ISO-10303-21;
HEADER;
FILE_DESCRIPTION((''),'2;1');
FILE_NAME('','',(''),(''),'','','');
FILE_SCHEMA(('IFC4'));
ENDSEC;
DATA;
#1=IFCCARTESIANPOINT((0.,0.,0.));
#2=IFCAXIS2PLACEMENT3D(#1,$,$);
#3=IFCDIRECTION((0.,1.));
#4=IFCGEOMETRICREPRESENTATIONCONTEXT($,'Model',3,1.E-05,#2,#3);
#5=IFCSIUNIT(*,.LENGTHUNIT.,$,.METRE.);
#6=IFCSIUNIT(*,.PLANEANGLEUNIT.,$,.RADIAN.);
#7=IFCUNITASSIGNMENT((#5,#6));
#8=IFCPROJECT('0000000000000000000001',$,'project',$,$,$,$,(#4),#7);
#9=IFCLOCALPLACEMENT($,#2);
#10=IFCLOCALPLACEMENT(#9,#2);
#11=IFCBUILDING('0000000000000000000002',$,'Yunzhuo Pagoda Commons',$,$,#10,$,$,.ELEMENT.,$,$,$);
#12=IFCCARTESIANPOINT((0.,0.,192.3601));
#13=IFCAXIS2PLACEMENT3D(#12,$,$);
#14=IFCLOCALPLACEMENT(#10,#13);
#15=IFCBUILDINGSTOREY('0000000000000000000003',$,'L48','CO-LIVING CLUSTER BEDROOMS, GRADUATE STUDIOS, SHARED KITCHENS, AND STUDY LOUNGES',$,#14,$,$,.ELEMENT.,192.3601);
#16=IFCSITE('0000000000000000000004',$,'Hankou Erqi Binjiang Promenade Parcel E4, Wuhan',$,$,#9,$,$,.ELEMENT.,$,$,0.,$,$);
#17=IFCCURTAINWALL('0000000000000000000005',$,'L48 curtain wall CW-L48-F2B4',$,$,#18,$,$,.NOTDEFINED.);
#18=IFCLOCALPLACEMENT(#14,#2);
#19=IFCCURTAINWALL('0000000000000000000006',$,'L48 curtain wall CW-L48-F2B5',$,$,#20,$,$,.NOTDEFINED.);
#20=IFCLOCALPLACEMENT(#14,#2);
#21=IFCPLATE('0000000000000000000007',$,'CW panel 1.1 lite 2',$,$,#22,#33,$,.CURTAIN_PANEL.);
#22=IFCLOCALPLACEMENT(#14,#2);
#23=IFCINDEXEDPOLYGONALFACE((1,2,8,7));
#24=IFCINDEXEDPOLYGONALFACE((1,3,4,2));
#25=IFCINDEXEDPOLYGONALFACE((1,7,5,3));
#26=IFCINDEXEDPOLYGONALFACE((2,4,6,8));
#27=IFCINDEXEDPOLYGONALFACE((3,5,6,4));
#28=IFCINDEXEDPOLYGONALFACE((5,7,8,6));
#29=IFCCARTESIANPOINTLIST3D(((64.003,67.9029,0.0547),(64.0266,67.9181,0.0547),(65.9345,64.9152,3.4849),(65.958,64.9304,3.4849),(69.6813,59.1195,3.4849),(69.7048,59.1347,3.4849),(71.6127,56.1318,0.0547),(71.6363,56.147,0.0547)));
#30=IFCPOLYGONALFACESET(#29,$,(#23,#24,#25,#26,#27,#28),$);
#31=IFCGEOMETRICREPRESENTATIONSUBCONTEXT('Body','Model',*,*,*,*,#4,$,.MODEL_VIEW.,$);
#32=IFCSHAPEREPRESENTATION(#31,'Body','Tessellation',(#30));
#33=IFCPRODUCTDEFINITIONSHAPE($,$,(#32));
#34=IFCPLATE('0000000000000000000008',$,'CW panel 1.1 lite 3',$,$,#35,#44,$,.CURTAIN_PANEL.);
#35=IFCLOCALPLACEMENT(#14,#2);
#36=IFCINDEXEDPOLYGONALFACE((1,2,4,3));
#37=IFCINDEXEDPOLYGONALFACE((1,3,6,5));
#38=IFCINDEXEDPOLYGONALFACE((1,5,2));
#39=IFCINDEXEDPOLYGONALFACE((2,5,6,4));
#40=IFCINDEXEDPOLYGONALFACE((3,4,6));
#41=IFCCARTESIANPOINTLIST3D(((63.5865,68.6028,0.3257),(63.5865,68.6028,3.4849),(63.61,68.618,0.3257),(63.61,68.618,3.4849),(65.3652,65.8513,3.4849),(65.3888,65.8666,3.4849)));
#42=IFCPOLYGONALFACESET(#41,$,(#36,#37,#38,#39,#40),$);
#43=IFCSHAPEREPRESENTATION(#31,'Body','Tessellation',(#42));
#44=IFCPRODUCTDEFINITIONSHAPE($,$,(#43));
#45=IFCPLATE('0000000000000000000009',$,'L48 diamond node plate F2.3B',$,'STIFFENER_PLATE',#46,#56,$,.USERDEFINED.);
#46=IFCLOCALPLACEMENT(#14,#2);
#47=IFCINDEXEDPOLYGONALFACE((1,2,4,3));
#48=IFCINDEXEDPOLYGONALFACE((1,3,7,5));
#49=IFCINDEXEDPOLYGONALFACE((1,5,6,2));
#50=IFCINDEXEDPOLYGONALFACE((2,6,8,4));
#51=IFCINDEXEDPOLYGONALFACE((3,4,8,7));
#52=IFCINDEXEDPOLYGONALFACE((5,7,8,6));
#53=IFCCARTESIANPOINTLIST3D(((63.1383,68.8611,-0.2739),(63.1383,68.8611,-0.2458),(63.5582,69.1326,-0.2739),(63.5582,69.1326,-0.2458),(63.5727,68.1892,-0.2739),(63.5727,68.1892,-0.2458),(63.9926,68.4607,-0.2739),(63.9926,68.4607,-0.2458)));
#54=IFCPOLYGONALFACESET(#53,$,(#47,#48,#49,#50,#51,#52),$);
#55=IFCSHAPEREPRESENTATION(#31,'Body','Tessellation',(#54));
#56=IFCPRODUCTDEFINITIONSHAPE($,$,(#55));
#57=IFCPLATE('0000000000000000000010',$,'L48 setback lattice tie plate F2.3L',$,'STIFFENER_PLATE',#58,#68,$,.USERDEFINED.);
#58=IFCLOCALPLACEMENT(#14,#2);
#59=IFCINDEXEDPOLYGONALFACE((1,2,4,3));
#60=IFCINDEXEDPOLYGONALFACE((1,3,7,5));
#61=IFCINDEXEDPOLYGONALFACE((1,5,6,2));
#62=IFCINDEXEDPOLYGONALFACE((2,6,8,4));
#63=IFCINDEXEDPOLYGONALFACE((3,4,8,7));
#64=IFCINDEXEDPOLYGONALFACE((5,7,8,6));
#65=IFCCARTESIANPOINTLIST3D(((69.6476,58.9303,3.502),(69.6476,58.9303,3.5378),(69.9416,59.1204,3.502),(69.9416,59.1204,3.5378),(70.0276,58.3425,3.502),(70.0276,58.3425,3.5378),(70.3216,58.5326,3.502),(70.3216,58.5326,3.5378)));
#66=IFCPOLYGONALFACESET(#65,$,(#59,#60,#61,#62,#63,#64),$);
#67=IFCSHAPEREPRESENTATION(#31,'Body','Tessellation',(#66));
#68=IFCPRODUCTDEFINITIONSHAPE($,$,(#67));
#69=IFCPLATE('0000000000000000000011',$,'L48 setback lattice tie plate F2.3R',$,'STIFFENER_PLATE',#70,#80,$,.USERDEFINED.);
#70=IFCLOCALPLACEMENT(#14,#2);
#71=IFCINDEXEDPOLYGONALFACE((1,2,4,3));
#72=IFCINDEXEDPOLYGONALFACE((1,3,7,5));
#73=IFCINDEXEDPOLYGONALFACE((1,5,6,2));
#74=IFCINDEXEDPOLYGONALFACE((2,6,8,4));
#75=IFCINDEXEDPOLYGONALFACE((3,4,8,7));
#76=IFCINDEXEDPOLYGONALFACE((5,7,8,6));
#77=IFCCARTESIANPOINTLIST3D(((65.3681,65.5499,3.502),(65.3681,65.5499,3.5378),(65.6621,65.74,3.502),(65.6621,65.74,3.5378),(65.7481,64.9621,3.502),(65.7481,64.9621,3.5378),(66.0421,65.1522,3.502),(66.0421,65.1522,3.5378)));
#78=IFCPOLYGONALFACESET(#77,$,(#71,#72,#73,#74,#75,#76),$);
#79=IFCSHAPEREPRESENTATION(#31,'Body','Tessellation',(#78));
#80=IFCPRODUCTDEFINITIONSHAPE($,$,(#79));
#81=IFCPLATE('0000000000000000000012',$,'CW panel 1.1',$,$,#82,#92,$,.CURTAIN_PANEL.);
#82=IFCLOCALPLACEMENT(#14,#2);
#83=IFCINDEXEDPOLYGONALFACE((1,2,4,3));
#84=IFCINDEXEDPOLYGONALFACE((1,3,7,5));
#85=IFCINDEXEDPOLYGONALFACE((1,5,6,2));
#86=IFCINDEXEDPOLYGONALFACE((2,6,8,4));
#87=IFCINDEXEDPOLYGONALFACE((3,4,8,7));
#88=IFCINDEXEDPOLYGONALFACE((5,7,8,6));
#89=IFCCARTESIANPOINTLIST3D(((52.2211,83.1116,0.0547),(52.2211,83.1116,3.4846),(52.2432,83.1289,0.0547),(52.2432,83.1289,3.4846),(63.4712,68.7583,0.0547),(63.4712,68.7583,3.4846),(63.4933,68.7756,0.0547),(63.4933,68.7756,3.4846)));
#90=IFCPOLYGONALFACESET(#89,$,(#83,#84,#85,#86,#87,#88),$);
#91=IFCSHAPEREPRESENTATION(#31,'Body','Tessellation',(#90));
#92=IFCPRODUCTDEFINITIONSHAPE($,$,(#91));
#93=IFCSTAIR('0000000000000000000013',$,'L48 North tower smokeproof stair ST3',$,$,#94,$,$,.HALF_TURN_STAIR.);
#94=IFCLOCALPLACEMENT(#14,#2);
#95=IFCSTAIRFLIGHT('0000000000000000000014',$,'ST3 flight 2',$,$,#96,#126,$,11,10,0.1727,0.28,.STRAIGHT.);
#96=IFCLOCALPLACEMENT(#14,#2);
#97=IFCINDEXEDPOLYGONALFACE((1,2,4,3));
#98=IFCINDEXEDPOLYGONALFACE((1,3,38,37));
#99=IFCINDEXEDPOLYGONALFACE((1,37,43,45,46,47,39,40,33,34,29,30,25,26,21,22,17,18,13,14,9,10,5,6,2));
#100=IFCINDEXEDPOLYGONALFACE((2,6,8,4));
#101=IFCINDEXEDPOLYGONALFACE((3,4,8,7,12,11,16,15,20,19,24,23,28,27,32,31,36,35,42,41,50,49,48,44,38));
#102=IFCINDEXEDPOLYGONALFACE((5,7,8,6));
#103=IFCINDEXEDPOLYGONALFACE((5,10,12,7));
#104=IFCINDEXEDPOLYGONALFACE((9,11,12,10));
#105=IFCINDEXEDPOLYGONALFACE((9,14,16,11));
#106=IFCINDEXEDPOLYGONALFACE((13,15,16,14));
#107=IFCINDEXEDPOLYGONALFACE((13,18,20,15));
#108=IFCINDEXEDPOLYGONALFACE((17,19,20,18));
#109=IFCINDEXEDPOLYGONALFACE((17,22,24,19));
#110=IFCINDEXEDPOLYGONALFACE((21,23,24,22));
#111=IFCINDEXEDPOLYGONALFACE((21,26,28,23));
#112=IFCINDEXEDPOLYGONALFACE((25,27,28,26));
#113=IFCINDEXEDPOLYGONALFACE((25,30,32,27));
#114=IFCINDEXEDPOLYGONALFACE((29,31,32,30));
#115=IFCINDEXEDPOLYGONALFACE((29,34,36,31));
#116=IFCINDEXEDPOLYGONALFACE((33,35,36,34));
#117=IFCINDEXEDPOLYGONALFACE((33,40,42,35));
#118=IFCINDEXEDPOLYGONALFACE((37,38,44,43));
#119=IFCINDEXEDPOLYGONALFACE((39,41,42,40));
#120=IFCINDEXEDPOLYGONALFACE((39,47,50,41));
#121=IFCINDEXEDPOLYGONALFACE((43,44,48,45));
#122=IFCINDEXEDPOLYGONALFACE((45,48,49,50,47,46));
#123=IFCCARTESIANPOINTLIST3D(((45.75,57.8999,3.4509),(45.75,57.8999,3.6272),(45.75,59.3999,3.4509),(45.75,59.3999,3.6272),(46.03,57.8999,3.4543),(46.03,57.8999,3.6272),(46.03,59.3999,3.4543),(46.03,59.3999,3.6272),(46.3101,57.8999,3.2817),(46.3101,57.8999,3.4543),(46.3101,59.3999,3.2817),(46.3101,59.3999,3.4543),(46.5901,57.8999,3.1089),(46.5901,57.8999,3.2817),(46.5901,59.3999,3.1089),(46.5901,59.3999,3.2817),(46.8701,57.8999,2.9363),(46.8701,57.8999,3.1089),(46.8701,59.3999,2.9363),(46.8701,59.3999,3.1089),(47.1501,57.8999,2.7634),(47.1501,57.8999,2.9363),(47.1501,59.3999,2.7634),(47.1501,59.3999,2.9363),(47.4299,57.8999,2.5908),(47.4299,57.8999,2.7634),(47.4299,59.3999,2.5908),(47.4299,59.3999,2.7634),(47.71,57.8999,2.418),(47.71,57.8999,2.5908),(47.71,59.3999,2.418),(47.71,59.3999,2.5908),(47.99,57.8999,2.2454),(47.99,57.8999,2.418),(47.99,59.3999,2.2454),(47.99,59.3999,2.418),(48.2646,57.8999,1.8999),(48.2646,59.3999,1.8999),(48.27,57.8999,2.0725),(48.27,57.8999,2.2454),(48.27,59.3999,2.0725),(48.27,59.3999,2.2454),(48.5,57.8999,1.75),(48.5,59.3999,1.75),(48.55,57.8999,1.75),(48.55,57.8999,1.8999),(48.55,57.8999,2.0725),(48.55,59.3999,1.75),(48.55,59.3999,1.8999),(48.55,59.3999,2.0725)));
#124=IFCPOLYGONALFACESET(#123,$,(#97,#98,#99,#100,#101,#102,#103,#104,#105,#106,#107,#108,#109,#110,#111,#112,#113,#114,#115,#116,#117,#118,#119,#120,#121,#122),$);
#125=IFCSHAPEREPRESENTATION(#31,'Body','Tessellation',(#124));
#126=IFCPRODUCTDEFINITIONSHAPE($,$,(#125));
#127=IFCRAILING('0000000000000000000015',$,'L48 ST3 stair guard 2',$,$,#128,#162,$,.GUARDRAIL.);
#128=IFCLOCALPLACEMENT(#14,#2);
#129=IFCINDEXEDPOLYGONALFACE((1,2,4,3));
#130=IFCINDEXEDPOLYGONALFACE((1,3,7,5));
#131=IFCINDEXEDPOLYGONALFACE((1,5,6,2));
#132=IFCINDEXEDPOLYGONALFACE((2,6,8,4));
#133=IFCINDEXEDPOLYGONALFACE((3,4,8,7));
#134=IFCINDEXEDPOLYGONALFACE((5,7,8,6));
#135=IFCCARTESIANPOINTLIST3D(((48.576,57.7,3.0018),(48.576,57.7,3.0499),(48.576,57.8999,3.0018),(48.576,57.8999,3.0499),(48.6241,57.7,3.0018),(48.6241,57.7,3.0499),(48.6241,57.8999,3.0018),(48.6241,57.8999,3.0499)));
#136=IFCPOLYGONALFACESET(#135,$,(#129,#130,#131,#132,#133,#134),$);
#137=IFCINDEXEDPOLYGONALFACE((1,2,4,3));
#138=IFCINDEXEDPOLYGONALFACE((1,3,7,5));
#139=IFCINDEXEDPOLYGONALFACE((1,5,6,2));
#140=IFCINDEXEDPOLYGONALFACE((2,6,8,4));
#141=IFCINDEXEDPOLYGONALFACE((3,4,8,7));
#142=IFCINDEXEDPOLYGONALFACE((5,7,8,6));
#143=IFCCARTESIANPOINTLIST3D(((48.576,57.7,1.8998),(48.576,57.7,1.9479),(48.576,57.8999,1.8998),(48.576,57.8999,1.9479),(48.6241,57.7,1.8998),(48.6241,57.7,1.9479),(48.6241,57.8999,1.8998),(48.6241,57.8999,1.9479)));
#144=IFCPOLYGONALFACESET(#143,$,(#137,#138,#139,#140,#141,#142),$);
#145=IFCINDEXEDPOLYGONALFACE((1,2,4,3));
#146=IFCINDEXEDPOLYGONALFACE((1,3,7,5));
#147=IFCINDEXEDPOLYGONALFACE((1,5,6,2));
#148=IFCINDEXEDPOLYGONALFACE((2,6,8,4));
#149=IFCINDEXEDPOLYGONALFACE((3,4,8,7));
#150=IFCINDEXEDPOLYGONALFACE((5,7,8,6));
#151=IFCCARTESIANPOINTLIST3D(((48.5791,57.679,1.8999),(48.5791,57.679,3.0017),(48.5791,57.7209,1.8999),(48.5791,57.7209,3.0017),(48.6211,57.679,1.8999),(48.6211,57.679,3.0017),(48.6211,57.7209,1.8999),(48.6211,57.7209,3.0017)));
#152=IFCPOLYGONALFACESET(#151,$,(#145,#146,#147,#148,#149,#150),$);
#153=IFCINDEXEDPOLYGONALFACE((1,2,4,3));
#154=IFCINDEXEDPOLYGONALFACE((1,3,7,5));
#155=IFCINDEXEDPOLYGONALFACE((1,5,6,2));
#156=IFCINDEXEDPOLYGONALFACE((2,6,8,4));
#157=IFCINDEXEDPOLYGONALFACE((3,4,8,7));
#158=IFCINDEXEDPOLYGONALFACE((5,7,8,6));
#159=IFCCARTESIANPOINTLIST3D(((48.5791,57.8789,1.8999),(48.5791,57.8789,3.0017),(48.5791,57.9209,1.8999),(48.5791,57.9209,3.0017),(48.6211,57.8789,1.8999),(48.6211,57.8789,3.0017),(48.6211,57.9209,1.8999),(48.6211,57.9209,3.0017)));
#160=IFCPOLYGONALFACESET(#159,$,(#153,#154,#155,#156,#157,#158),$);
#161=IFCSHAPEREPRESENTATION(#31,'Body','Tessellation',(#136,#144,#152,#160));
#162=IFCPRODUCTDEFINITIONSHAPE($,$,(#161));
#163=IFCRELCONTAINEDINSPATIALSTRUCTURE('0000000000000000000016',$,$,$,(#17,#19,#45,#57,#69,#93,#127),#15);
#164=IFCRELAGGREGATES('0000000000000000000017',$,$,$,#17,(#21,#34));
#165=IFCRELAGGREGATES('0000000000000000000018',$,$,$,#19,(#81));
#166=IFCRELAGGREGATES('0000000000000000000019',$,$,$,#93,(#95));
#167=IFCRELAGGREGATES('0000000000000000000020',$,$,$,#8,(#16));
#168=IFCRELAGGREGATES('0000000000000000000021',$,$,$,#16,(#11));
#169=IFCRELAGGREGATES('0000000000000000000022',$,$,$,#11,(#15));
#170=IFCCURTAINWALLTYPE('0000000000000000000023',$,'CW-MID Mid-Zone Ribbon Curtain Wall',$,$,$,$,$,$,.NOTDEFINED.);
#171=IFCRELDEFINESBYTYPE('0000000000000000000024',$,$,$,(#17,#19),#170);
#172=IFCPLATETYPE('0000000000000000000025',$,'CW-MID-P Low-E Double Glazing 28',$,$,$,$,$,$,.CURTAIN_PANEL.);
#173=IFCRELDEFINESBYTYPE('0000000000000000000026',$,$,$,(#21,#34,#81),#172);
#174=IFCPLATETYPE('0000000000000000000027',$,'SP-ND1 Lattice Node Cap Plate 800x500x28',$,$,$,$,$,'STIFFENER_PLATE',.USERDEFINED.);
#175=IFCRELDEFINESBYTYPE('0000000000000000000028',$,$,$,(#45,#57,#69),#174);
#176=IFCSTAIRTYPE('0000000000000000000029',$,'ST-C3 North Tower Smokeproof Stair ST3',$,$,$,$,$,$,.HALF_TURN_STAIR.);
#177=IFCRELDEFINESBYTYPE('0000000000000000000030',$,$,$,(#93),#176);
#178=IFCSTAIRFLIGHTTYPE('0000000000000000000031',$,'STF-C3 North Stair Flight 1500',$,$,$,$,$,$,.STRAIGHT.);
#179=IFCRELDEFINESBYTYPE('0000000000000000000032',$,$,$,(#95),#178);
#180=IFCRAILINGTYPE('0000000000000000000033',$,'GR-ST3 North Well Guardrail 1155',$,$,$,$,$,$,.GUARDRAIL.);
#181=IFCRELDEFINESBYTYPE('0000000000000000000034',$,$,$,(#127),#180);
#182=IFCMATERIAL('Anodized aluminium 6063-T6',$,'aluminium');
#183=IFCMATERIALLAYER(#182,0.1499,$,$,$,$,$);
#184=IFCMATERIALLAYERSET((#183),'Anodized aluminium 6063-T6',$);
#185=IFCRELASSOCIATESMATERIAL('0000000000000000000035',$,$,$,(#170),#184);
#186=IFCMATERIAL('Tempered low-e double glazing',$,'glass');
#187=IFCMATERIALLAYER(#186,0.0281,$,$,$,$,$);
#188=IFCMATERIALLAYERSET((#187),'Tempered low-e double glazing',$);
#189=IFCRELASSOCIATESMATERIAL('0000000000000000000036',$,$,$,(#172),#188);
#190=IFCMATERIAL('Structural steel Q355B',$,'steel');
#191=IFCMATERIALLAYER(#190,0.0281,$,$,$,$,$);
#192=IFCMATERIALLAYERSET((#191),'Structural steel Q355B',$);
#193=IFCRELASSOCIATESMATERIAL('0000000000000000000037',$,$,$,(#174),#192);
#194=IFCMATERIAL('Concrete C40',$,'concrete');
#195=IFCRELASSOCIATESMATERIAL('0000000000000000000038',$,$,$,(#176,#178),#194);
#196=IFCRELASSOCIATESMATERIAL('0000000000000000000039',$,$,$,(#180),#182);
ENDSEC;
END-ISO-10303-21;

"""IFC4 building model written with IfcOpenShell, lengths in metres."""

from ifc_helpers import new_model, si_unit, direction, frame, origin, origin_2d, place, context, subcontext, project, spatial, polyline, rectangle, outline, extrude, source, transform, mapped, material, layer, layer_set, type_object, element, aggregate, save


model = new_model("IFC4")

# Units and contexts
model_context = context("Model", 3, precision=1e-05, world=origin(), true_north=direction((0.0, 1.0)))
body_context = subcontext(model_context, "Body", "Model", "MODEL_VIEW")
ifc_project = project(units=[si_unit("LENGTHUNIT", "METRE"), si_unit("PLANEANGLEUNIT", "RADIAN")], contexts=[model_context])

# Site, building, storey
site_placement = place(None, origin())
site = spatial("IfcSite", under=ifc_project, at=site_placement, Name="Hankou Erqi Binjiang Promenade Parcel E4, Wuhan", CompositionType="ELEMENT", RefElevation=0.0)
building_placement = place(site_placement, origin())
building = spatial("IfcBuilding", under=site, at=building_placement, Name="Yunzhuo Pagoda Commons", CompositionType="ELEMENT")
storey_placement = place(building_placement, frame((0.0, 0.0, 192.3601)))
storey = spatial("IfcBuildingStorey", under=building, at=storey_placement, Name="L48", Description="CO-LIVING CLUSTER BEDROOMS, GRADUATE STUDIOS, SHARED KITCHENS, AND STUDY LOUNGES", CompositionType="ELEMENT", Elevation=192.3601)

# Shared definitions
ifc_material_1 = material(Name="Structural steel Q355B", Category="steel")

# Curtain wall
ifc_material_2 = material(Name="Anodized aluminium 6063-T6", Category="aluminium")
ifc_layer_1 = layer(ifc_material_2, 0.1499)
ifc_layer_set_1 = layer_set([ifc_layer_1], Name="Anodized aluminium 6063-T6")
curtain_wall_type = type_object("IfcCurtainWallType", Name="CW-MID Mid-Zone Ribbon Curtain Wall", PredefinedType="NOTDEFINED", material=ifc_layer_set_1)
curtain_wall_1_placement = place(storey_placement, origin())
curtain_wall_1 = element("IfcCurtainWall", 1, at=curtain_wall_1_placement, inside=storey, type_object=curtain_wall_type, Name="L48 curtain wall CW-L48-F2B4", PredefinedType="NOTDEFINED")

# Curtain wall
curtain_wall_2_placement = place(storey_placement, origin())
curtain_wall_2 = element("IfcCurtainWall", 2, at=curtain_wall_2_placement, inside=storey, type_object=curtain_wall_type, Name="L48 curtain wall CW-L48-F2B5", PredefinedType="NOTDEFINED")

# Plates
ifc_material_3 = material(Name="Tempered low-e double glazing", Category="glass")
ifc_layer_2 = layer(ifc_material_3, 0.0281)
ifc_layer_set_2 = layer_set([ifc_layer_2], Name="Tempered low-e double glazing")
plate_type_1 = type_object("IfcPlateType", Name="CW-MID-P Low-E Double Glazing 28", PredefinedType="CURTAIN_PANEL", material=ifc_layer_set_2)
plate_1_placement = place(storey_placement, frame((67.8079, 62.0173, 1.7698), z_axis=(0.839794, 0.542905, 0.0), x_axis=(-0.542905, 0.839794, 0.0)))
plate_1 = element("IfcPlate", 3, at=plate_1_placement, type_object=plate_type_1, Name="CW panel 1.1 lite 2", PredefinedType="CURTAIN_PANEL", context=body_context, shape_type="SweptSolid", body=[
    extrude(outline(polyline([(-7.0083, -1.7151), (7.0083, -1.7151), (3.4507, 1.7151), (-3.4507, 1.7151), (-7.0083, -1.7151)])), origin(), (0.0, 0.0, 1.0), 0.0281),
])
plate_2_placement = place(storey_placement, frame((64.4758, 67.2271, 1.9053), z_axis=(0.839794, 0.542905, 0.0), x_axis=(-0.542905, 0.839794, 0.0)))
plate_2 = element("IfcPlate", 4, at=plate_2_placement, type_object=plate_type_1, Name="CW panel 1.1 lite 3", PredefinedType="CURTAIN_PANEL", context=body_context, shape_type="SweptSolid", body=[
    extrude(outline(polyline([(-1.6382, 1.5796), (1.6382, -1.5796), (1.6382, 1.5796), (-1.6382, 1.5796)])), origin(), (0.0, 0.0, 1.0), 0.0281),
])
aggregate(curtain_wall_1, [plate_1, plate_2])

# Plates
ifc_layer_3 = layer(ifc_material_1, 0.0281)
ifc_layer_set_3 = layer_set([ifc_layer_3], Name="Structural steel Q355B")
plate_type_2 = type_object("IfcPlateType", Name="SP-ND1 Lattice Node Cap Plate 800x500x28", ElementType="STIFFENER_PLATE", PredefinedType="USERDEFINED", material=ifc_layer_set_3)
shared_shape_1 = source(origin(), body_context, "Body", "SweptSolid", [
    extrude(rectangle(XDim=0.8, YDim=0.5, at=origin_2d()), origin(), (0.0, 0.0, 1.0), 0.0281),
])
plate_3_placement = place(storey_placement, frame((63.5654, 68.6609, -0.2739), z_axis=(0.0, 0.0, 1.0), x_axis=(-0.542911, 0.83979, 0.0)))
element("IfcPlate", 5, at=plate_3_placement, inside=storey, type_object=plate_type_2, Name="L48 diamond node plate F2.3B", ObjectType="STIFFENER_PLATE", PredefinedType="USERDEFINED", context=body_context, shape_type="MappedRepresentation", body=[
    mapped(shared_shape_1, transform((0.0, 0.0, 0.0), scale=1.0)),
])
shared_shape_2 = source(origin(), body_context, "Body", "SweptSolid", [
    extrude(rectangle(XDim=0.7, YDim=0.3501, at=origin_2d()), origin(), (0.0, 0.0, 1.0), 0.0359),
])
for number, where, z_axis, x_axis, name in (
    (6, (69.9846, 58.7314, 3.502), (0.0, 0.0, 1.0), (-0.542911, 0.83979, 0.0), "L48 setback lattice tie plate F2.3L"),
    (7, (65.7051, 65.3511, 3.502), (0.0, 0.0, 1.0), (-0.542911, 0.83979, 0.0), "L48 setback lattice tie plate F2.3R"),
):
    element("IfcPlate", number, at=place(storey_placement, frame(where, z_axis=z_axis, x_axis=x_axis)), inside=storey, type_object=plate_type_2, Name=name, ObjectType="STIFFENER_PLATE", PredefinedType="USERDEFINED", context=body_context, shape_type="MappedRepresentation", body=[
        mapped(shared_shape_2, transform((0.0, 0.0, 0.0), scale=1.0)),
    ])

# Plate
shared_shape_3 = source(origin(), body_context, "Body", "SweptSolid", [
    extrude(rectangle(XDim=18.2368, YDim=0.0281, at=origin_2d()), origin(), (0.0, 0.0, 1.0), 3.4299),
])
plate_4_placement = place(storey_placement, frame((57.8572, 75.9436, 0.0547), z_axis=(0.0, 0.0, 1.0), x_axis=(-0.616889, 0.78705, 0.0)))
plate_4 = element("IfcPlate", 8, at=plate_4_placement, type_object=plate_type_1, Name="CW panel 1.1", PredefinedType="CURTAIN_PANEL", context=body_context, shape_type="MappedRepresentation", body=[
    mapped(shared_shape_3, transform((0.0, 0.0, 0.0), scale=1.0)),
])
aggregate(curtain_wall_2, [plate_4])

# Stair, stair flight
ifc_material_4 = material(Name="Concrete C40", Category="concrete")
stair_type = type_object("IfcStairType", Name="ST-C3 North Tower Smokeproof Stair ST3", PredefinedType="HALF_TURN_STAIR", material=ifc_material_4)
stair_placement = place(storey_placement, origin())
stair = element("IfcStair", 9, at=stair_placement, inside=storey, type_object=stair_type, Name="L48 North tower smokeproof stair ST3", PredefinedType="HALF_TURN_STAIR")
stair_flight_type = type_object("IfcStairFlightType", Name="STF-C3 North Stair Flight 1500", PredefinedType="STRAIGHT", material=ifc_material_4)
shared_shape_4 = source(origin(), body_context, "Body", "SweptSolid", [
    extrude(outline(polyline([(0.0, -0.1499), (0.0, 0.0), (0.0, 0.1726), (0.28, 0.1726), (0.28, 0.3455), (0.5601, 0.3455), (0.5601, 0.5181), (0.8401, 0.5181), (0.8401, 0.6909), (1.1201, 0.6909), (1.1201, 0.8635), (1.3999, 0.8635), (1.3999, 1.0364), (1.6799, 1.0364), (1.6799, 1.209), (1.96, 1.209), (1.96, 1.3818), (2.24, 1.3818), (2.24, 1.5544), (2.52, 1.5544), (2.52, 1.7273), (2.8, 1.7273), (2.8, 1.8999), (2.8, 1.551), (0.2854, 0.0), (0.05, -0.1499), (0.0, -0.1499)])), frame((0.0, 0.75, 0.0), z_axis=(0.0, -1.0, 0.0), x_axis=(1.0, 0.0, 0.0)), (0.0, 0.0, 1.0), 1.5),
])
stair_flight_placement = place(storey_placement, frame((48.55, 58.6499, 1.8999), z_axis=(0.0, 0.0, 1.0), x_axis=(-1.0, 0.0, 0.0)))
stair_flight = element("IfcStairFlight", 10, at=stair_flight_placement, type_object=stair_flight_type, Name="ST3 flight 2", NumberOfRisers=11, NumberOfTreads=10, PredefinedType="STRAIGHT", RiserHeight=0.1727, TreadLength=0.28, context=body_context, shape_type="MappedRepresentation", body=[
    mapped(shared_shape_4, transform((0.0, 0.0, 0.0), scale=1.0)),
])
aggregate(stair, [stair_flight])

# Railing
railing_type_1 = type_object("IfcRailingType", Name="GR-ST3 North Well Guardrail 1155", PredefinedType="GUARDRAIL", material=ifc_material_2)
railing_1_placement = place(storey_placement, frame((48.6001, 57.7, 1.8999)))
element("IfcRailing", 11, at=railing_1_placement, inside=storey, type_object=railing_type_1, Name="L48 ST3 stair guard 2", PredefinedType="GUARDRAIL", context=body_context, shape_type="SweptSolid", body=[
    extrude(rectangle(XDim=0.0481, YDim=0.0481, at=origin_2d()), frame((0.0, 0.0, 1.126), z_axis=(0.0, 1.0, 0.0), x_axis=(-1.0, 0.0, 0.0)), (0.0, 0.0, 1.0), 0.2),
    extrude(rectangle(XDim=0.0481, YDim=0.0481, at=origin_2d()), frame((0.0, 0.0, 0.0239), z_axis=(0.0, 1.0, 0.0), x_axis=(-1.0, 0.0, 0.0)), (0.0, 0.0, 1.0), 0.2),
    extrude(rectangle(XDim=0.042, YDim=0.042, at=origin_2d()), origin(), (0.0, 0.0, 1.0), 1.1018),
    extrude(rectangle(XDim=0.042, YDim=0.042, at=origin_2d()), frame((0.0, 0.2, 0.0)), (0.0, 0.0, 1.0), 1.1018),
])

save(model, "model.ifc")
